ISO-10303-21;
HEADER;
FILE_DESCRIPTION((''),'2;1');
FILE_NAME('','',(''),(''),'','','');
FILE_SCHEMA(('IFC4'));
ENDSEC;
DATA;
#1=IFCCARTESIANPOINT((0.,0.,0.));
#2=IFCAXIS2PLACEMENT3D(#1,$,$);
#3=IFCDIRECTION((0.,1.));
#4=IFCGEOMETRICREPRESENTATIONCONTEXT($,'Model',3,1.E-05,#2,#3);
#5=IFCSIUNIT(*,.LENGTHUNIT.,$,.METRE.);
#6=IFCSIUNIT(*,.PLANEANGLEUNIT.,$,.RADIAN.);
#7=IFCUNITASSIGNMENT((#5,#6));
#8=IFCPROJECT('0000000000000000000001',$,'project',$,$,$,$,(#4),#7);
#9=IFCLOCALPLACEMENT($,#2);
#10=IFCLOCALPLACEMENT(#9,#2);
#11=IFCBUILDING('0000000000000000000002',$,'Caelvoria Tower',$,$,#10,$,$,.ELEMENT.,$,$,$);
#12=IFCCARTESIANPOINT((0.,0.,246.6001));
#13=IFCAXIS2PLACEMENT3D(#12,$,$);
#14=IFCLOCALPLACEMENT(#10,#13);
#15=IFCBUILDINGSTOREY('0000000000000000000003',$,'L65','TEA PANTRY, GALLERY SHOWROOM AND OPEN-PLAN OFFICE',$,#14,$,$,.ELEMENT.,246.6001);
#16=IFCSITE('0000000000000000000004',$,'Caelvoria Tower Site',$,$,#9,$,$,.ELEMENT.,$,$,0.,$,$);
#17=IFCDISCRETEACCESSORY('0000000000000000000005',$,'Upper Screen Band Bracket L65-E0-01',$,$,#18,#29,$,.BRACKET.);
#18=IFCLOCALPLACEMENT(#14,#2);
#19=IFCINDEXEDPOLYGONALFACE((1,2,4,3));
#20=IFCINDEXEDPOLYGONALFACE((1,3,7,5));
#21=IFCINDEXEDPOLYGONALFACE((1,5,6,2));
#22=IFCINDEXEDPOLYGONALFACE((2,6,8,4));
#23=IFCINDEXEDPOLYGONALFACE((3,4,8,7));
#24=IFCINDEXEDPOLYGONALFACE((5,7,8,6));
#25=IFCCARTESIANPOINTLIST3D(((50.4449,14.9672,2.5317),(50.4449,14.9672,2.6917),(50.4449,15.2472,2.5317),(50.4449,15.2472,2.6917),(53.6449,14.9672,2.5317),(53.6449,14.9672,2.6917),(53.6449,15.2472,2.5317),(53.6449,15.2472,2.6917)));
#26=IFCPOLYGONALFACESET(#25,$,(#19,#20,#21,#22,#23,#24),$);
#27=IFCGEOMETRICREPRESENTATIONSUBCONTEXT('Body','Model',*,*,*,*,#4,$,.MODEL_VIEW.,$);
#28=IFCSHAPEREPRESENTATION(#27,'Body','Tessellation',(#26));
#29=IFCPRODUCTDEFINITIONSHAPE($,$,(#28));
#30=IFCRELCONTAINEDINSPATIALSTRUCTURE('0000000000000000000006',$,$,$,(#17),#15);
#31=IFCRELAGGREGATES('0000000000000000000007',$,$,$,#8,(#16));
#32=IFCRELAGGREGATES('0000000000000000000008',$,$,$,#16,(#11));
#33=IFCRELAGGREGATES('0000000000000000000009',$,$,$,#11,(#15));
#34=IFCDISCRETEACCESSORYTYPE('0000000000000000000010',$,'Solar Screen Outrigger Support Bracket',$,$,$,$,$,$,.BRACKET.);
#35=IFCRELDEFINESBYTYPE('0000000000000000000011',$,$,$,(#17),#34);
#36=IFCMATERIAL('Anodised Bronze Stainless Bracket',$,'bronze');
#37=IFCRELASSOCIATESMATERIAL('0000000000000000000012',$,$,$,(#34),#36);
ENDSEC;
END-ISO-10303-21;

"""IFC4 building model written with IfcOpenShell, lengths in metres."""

from ifc_helpers import new_model, si_unit, direction, frame, origin, origin_2d, place, context, subcontext, project, spatial, rectangle, extrude, material, type_object, element, save


model = new_model("IFC4")

# Units and contexts
model_context = context("Model", 3, precision=1e-05, world=origin(), true_north=direction((0.0, 1.0)))
body_context = subcontext(model_context, "Body", "Model", "MODEL_VIEW")
ifc_project = project(units=[si_unit("LENGTHUNIT", "METRE"), si_unit("PLANEANGLEUNIT", "RADIAN")], contexts=[model_context])

# Site, building, storey
site_placement = place(None, origin())
site = spatial("IfcSite", under=ifc_project, at=site_placement, Name="Caelvoria Tower Site", CompositionType="ELEMENT", RefElevation=0.0)
building_placement = place(site_placement, origin())
building = spatial("IfcBuilding", under=site, at=building_placement, Name="Caelvoria Tower", CompositionType="ELEMENT")
storey_placement = place(building_placement, frame((0.0, 0.0, 246.6001)))
storey = spatial("IfcBuildingStorey", under=building, at=storey_placement, Name="L65", Description="TEA PANTRY, GALLERY SHOWROOM AND OPEN-PLAN OFFICE", CompositionType="ELEMENT", Elevation=246.6001)

# Discrete accessory
ifc_material_1 = material(Name="Anodised Bronze Stainless Bracket", Category="bronze")
discrete_accessory_type = type_object("IfcDiscreteAccessoryType", Name="Solar Screen Outrigger Support Bracket", PredefinedType="BRACKET", material=ifc_material_1)
for number, where, z_axis, x_axis, name in (
    (1, (52.0449, 15.1072, 2.5317), (0.0, 0.0, 1.0), (1.0, 0.0, 0.0), "Upper Screen Band Bracket L65-E0-01"),
):
    element("IfcDiscreteAccessory", number, at=place(storey_placement, frame(where, z_axis=z_axis, x_axis=x_axis)), inside=storey, type_object=discrete_accessory_type, Name=name, PredefinedType="BRACKET", context=body_context, shape_type="SweptSolid", body=[
        extrude(rectangle(XDim=3.2, YDim=0.28, at=origin_2d()), origin(), (0.0, 0.0, 1.0), 0.1599),
    ])

save(model, "model.ifc")
